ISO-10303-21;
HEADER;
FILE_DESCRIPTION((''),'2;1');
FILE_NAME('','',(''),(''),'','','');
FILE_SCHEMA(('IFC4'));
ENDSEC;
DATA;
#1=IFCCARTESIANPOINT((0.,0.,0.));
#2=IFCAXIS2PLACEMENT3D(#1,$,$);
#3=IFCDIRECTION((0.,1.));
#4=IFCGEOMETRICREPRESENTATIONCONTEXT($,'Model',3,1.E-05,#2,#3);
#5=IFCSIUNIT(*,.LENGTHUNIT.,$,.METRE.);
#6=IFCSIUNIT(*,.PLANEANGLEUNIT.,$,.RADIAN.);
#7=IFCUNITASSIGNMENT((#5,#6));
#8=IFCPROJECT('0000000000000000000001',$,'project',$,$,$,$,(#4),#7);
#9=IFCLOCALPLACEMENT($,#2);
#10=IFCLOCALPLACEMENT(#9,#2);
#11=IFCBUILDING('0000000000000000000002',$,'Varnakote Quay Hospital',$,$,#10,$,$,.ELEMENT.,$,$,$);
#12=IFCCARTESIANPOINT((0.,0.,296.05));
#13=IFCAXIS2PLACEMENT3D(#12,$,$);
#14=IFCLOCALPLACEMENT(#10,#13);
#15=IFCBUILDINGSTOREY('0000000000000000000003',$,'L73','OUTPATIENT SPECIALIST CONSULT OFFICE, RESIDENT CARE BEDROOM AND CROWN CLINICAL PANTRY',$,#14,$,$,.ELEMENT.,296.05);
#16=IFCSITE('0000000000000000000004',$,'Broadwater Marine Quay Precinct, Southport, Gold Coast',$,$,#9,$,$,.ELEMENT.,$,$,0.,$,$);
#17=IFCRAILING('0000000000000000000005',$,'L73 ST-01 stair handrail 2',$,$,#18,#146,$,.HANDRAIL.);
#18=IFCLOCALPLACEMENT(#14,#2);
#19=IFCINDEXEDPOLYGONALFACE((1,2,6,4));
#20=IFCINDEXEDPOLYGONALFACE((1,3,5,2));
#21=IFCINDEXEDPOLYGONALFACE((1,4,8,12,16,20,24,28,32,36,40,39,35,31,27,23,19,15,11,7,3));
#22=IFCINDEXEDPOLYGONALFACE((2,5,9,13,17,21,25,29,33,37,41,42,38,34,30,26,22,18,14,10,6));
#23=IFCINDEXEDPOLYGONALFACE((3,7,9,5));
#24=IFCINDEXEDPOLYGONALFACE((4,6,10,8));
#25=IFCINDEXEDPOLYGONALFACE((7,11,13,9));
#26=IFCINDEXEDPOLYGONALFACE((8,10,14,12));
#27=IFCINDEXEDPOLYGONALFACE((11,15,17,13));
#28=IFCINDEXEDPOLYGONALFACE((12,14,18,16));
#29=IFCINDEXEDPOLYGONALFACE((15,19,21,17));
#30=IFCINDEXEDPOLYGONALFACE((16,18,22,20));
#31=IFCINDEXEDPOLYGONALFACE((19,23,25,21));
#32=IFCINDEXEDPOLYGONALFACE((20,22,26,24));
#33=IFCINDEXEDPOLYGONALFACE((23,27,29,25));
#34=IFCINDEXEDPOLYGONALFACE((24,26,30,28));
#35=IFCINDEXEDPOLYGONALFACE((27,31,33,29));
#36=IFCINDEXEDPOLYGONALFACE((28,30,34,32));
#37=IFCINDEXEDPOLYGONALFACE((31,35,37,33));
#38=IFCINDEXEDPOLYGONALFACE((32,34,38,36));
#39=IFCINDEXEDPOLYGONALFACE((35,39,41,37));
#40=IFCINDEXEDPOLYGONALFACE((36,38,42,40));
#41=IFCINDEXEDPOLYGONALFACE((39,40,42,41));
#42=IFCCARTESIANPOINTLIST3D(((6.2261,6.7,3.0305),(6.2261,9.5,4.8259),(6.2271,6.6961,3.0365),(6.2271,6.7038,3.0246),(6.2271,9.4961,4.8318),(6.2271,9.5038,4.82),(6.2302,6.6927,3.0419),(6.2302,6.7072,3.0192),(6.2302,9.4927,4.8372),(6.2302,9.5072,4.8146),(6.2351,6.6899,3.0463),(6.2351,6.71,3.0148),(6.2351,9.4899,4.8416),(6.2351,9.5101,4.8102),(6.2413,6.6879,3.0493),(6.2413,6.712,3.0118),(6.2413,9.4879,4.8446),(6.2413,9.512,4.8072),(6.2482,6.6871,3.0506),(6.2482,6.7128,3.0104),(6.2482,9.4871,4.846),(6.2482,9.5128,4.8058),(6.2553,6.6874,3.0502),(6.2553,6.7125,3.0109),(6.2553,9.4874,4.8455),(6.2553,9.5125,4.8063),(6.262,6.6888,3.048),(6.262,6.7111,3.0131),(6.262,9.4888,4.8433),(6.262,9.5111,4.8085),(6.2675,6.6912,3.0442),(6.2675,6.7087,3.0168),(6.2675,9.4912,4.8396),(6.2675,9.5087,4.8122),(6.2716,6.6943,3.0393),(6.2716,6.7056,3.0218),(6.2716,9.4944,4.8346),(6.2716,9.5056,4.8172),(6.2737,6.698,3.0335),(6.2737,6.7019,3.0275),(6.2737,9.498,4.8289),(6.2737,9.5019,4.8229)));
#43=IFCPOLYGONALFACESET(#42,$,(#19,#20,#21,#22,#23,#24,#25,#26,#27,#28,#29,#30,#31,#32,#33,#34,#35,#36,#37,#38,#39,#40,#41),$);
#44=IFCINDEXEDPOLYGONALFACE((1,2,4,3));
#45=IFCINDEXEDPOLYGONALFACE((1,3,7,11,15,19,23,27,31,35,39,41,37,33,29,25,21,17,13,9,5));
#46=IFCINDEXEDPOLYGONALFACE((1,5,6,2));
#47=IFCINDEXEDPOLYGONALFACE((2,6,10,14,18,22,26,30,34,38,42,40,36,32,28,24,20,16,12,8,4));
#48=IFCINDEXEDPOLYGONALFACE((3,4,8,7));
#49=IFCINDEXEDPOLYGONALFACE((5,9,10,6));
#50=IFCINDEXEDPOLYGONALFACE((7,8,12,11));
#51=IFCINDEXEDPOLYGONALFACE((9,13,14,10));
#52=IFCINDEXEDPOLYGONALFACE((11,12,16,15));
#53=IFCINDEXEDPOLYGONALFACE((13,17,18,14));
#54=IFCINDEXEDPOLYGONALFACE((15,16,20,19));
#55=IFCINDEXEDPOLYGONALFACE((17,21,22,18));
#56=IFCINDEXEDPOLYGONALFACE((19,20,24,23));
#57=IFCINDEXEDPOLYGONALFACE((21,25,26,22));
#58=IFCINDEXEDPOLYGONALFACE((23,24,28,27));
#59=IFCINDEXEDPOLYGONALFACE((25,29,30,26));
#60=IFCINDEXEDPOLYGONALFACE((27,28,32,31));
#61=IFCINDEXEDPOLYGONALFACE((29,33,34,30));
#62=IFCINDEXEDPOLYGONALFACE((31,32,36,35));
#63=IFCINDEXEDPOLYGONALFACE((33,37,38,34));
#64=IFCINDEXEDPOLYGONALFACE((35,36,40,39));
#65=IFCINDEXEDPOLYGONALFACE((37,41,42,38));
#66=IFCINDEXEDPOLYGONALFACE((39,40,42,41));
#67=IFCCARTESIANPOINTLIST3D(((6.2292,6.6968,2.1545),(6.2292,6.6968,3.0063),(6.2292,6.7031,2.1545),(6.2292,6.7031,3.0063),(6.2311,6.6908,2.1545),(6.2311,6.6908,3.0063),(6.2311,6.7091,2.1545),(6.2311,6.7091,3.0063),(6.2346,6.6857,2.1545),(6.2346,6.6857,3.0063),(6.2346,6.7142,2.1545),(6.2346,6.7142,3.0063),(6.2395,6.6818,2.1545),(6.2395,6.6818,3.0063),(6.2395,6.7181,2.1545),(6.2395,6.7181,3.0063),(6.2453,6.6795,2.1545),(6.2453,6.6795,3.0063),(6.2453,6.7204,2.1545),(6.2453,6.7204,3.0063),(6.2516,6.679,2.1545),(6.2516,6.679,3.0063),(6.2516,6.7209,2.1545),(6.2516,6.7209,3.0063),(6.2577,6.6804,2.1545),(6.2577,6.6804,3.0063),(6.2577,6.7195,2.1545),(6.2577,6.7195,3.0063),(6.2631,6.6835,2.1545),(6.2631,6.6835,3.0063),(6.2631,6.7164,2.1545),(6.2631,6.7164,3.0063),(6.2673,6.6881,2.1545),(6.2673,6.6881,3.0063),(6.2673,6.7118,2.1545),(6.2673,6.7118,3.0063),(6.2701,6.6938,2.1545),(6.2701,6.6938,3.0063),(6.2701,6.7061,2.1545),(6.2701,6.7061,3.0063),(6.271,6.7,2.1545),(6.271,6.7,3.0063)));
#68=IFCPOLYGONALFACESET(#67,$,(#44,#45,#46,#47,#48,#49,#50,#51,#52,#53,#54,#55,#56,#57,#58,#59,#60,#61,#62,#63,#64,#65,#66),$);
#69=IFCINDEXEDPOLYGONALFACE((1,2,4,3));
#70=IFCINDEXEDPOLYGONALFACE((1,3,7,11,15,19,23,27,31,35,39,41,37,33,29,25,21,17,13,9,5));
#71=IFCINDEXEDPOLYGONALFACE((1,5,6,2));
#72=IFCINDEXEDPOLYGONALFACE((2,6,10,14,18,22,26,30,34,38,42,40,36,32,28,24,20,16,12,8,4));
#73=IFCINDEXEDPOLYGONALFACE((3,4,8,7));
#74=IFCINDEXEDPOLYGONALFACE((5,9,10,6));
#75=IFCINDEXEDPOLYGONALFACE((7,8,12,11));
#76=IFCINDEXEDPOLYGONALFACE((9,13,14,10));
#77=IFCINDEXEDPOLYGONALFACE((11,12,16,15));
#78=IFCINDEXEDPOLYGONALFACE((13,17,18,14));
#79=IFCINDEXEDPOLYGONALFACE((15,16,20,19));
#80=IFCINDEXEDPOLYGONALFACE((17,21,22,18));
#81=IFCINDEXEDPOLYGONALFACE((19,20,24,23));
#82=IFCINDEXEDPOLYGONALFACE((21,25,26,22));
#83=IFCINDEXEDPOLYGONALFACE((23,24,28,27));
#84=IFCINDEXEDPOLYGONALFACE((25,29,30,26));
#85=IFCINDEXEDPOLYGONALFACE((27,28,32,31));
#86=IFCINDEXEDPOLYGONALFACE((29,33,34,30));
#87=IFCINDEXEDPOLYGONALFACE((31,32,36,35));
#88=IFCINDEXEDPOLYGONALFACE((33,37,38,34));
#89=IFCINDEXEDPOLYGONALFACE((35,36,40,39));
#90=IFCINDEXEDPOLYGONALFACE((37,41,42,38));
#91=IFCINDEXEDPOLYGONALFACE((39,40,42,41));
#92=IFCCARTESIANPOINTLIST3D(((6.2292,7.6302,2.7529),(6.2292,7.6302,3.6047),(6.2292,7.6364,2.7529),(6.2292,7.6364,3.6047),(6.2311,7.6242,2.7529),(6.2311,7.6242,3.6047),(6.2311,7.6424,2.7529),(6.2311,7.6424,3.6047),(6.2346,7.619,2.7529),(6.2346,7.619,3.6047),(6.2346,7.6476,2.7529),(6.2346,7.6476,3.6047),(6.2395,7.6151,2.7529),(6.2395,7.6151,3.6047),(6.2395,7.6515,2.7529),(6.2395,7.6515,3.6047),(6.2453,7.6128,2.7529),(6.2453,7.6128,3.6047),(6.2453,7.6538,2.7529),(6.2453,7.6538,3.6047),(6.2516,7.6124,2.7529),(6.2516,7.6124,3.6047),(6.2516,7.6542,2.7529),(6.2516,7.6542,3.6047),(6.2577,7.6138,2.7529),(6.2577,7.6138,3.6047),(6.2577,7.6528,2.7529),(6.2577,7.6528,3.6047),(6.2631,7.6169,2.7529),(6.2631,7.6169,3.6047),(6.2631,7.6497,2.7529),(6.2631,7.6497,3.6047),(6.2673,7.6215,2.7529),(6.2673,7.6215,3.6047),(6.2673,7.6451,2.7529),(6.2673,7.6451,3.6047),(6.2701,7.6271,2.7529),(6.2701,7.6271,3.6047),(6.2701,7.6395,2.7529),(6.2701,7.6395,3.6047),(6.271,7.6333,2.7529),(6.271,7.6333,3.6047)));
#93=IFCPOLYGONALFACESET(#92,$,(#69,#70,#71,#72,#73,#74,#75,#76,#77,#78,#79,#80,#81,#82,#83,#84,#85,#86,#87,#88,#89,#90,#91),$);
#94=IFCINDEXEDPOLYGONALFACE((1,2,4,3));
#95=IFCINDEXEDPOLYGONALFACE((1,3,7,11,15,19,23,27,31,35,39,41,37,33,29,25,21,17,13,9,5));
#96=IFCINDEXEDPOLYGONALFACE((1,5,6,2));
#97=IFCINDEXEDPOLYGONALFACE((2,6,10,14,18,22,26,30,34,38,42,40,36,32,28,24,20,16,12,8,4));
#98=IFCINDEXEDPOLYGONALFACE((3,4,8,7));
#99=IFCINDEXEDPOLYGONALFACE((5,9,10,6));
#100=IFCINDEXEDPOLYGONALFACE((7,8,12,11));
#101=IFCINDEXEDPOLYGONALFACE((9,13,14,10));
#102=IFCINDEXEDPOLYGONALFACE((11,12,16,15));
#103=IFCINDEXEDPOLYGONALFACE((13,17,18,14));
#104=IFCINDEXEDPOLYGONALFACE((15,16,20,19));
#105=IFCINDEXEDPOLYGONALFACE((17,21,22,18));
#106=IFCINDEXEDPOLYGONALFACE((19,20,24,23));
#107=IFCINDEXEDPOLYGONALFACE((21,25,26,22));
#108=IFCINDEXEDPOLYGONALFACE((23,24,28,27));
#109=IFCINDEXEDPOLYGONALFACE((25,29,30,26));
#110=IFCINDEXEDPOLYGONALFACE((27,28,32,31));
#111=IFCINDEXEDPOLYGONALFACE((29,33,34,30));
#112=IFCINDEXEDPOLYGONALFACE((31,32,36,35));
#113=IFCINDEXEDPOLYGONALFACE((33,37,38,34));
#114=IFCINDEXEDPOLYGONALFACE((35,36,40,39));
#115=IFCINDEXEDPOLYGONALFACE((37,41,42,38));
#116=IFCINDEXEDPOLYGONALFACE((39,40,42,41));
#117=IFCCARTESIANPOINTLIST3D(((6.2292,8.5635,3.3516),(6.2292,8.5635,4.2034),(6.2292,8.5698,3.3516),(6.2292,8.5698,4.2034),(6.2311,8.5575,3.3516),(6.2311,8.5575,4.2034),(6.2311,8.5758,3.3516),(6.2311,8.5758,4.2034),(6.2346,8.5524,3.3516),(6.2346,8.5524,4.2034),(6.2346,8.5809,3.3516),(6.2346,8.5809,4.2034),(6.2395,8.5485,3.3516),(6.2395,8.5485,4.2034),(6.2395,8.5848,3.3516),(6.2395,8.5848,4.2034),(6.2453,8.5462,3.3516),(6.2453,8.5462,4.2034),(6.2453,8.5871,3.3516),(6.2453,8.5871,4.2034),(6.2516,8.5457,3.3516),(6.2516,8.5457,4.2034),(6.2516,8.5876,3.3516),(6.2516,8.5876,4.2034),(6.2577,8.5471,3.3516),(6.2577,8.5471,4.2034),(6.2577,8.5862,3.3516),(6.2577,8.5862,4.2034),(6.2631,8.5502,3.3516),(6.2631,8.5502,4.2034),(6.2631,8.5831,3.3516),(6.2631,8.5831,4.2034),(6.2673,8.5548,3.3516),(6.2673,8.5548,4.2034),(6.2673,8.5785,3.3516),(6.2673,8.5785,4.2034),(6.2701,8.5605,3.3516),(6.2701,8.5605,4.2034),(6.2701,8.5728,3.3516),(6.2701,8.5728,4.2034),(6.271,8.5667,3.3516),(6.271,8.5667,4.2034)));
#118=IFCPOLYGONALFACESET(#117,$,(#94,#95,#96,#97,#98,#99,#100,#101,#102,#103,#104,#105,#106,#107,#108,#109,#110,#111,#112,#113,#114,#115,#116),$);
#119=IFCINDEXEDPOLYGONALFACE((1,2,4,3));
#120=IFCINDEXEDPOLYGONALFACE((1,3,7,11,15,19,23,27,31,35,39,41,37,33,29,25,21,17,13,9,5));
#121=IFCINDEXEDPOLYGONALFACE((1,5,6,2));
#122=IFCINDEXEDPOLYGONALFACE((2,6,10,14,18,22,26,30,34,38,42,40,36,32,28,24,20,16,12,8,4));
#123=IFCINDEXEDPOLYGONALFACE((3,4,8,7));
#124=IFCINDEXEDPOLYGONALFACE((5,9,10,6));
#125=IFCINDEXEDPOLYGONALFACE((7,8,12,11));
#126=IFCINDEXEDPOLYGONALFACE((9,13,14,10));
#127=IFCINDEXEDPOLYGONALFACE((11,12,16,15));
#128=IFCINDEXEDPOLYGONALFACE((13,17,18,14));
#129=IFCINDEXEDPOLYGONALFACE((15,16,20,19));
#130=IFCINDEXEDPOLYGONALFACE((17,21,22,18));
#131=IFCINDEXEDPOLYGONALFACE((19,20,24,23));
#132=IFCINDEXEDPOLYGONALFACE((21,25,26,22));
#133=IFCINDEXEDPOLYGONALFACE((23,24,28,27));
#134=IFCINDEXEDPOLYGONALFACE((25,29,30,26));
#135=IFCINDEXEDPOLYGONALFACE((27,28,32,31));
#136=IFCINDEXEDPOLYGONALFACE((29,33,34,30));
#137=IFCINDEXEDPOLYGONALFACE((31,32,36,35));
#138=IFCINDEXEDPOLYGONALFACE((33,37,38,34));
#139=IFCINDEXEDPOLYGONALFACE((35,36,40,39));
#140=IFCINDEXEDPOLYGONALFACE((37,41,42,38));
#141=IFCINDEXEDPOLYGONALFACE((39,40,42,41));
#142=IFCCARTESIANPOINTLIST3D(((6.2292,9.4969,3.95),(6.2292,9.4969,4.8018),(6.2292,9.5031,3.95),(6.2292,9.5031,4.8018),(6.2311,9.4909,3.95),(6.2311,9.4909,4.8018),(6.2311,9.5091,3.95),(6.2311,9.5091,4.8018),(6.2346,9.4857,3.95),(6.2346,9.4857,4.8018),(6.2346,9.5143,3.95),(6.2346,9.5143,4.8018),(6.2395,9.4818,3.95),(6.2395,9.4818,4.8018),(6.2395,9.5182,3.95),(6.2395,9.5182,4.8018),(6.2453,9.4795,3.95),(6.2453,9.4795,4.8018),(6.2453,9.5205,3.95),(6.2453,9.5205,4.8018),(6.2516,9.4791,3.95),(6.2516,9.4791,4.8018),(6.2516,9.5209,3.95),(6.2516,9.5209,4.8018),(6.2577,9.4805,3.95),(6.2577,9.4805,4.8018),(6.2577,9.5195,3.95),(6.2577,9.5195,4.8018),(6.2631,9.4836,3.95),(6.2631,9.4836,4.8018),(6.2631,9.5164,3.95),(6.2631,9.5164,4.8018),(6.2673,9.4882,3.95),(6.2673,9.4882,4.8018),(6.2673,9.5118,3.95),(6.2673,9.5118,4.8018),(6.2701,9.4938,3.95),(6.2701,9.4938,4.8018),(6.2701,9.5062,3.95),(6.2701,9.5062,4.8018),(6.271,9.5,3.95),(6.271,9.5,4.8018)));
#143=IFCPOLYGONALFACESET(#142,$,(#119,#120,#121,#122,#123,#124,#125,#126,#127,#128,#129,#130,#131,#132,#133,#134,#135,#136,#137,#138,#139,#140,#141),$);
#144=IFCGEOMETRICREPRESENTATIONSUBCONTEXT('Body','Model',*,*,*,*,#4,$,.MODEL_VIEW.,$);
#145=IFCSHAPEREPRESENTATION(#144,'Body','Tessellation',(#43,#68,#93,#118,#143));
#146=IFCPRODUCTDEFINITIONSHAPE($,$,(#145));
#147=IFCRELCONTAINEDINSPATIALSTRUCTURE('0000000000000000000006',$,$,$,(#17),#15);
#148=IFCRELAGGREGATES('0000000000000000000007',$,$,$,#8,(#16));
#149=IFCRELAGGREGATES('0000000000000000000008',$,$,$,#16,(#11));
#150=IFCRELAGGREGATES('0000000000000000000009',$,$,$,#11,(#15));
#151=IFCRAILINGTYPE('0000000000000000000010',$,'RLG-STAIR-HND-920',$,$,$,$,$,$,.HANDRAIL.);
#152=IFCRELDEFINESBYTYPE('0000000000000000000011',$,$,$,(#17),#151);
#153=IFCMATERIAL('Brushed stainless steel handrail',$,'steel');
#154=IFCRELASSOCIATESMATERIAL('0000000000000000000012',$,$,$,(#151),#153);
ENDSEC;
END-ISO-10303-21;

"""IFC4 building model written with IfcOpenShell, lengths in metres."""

from ifc_helpers import new_model, si_unit, direction, frame, origin, origin_2d, place, context, subcontext, project, spatial, circle, extrude, material, type_object, element, save


model = new_model("IFC4")

# Units and contexts
model_context = context("Model", 3, precision=1e-05, world=origin(), true_north=direction((0.0, 1.0)))
body_context = subcontext(model_context, "Body", "Model", "MODEL_VIEW")
ifc_project = project(units=[si_unit("LENGTHUNIT", "METRE"), si_unit("PLANEANGLEUNIT", "RADIAN")], contexts=[model_context])

# Site, building, storey
site_placement = place(None, origin())
site = spatial("IfcSite", under=ifc_project, at=site_placement, Name="Broadwater Marine Quay Precinct, Southport, Gold Coast", CompositionType="ELEMENT", RefElevation=0.0)
building_placement = place(site_placement, origin())
building = spatial("IfcBuilding", under=site, at=building_placement, Name="Varnakote Quay Hospital", CompositionType="ELEMENT")
storey_placement = place(building_placement, frame((0.0, 0.0, 296.05)))
storey = spatial("IfcBuildingStorey", under=building, at=storey_placement, Name="L73", Description="OUTPATIENT SPECIALIST CONSULT OFFICE, RESIDENT CARE BEDROOM AND CROWN CLINICAL PANTRY", CompositionType="ELEMENT", Elevation=296.05)

# Railing
ifc_material_1 = material(Name="Brushed stainless steel handrail", Category="steel")
railing_type_1 = type_object("IfcRailingType", Name="RLG-STAIR-HND-920", PredefinedType="HANDRAIL", material=ifc_material_1)
railing_1_placement = place(storey_placement, frame((6.25, 6.7, 2.1545)))
element("IfcRailing", 1, at=railing_1_placement, inside=storey, type_object=railing_type_1, Name="L73 ST-01 stair handrail 2", PredefinedType="HANDRAIL", context=body_context, shape_type="SweptSolid", body=[
    extrude(circle(Radius=0.0239, at=origin_2d()), frame((0.0, 0.0, 0.876), z_axis=(0.0, 0.84181, 0.539774), x_axis=(-1.0, 0.0, 0.0)), (0.0, 0.0, 1.0), 3.3262),
    extrude(circle(Radius=0.021, at=origin_2d()), origin(), (0.0, 0.0, 1.0), 0.8518),
    extrude(circle(Radius=0.021, at=origin_2d()), frame((0.0, 0.9333, 0.5984)), (0.0, 0.0, 1.0), 0.8518),
    extrude(circle(Radius=0.021, at=origin_2d()), frame((0.0, 1.8667, 1.197)), (0.0, 0.0, 1.0), 0.8518),
    extrude(circle(Radius=0.021, at=origin_2d()), frame((0.0, 2.8, 1.7954)), (0.0, 0.0, 1.0), 0.8518),
])

save(model, "model.ifc")
